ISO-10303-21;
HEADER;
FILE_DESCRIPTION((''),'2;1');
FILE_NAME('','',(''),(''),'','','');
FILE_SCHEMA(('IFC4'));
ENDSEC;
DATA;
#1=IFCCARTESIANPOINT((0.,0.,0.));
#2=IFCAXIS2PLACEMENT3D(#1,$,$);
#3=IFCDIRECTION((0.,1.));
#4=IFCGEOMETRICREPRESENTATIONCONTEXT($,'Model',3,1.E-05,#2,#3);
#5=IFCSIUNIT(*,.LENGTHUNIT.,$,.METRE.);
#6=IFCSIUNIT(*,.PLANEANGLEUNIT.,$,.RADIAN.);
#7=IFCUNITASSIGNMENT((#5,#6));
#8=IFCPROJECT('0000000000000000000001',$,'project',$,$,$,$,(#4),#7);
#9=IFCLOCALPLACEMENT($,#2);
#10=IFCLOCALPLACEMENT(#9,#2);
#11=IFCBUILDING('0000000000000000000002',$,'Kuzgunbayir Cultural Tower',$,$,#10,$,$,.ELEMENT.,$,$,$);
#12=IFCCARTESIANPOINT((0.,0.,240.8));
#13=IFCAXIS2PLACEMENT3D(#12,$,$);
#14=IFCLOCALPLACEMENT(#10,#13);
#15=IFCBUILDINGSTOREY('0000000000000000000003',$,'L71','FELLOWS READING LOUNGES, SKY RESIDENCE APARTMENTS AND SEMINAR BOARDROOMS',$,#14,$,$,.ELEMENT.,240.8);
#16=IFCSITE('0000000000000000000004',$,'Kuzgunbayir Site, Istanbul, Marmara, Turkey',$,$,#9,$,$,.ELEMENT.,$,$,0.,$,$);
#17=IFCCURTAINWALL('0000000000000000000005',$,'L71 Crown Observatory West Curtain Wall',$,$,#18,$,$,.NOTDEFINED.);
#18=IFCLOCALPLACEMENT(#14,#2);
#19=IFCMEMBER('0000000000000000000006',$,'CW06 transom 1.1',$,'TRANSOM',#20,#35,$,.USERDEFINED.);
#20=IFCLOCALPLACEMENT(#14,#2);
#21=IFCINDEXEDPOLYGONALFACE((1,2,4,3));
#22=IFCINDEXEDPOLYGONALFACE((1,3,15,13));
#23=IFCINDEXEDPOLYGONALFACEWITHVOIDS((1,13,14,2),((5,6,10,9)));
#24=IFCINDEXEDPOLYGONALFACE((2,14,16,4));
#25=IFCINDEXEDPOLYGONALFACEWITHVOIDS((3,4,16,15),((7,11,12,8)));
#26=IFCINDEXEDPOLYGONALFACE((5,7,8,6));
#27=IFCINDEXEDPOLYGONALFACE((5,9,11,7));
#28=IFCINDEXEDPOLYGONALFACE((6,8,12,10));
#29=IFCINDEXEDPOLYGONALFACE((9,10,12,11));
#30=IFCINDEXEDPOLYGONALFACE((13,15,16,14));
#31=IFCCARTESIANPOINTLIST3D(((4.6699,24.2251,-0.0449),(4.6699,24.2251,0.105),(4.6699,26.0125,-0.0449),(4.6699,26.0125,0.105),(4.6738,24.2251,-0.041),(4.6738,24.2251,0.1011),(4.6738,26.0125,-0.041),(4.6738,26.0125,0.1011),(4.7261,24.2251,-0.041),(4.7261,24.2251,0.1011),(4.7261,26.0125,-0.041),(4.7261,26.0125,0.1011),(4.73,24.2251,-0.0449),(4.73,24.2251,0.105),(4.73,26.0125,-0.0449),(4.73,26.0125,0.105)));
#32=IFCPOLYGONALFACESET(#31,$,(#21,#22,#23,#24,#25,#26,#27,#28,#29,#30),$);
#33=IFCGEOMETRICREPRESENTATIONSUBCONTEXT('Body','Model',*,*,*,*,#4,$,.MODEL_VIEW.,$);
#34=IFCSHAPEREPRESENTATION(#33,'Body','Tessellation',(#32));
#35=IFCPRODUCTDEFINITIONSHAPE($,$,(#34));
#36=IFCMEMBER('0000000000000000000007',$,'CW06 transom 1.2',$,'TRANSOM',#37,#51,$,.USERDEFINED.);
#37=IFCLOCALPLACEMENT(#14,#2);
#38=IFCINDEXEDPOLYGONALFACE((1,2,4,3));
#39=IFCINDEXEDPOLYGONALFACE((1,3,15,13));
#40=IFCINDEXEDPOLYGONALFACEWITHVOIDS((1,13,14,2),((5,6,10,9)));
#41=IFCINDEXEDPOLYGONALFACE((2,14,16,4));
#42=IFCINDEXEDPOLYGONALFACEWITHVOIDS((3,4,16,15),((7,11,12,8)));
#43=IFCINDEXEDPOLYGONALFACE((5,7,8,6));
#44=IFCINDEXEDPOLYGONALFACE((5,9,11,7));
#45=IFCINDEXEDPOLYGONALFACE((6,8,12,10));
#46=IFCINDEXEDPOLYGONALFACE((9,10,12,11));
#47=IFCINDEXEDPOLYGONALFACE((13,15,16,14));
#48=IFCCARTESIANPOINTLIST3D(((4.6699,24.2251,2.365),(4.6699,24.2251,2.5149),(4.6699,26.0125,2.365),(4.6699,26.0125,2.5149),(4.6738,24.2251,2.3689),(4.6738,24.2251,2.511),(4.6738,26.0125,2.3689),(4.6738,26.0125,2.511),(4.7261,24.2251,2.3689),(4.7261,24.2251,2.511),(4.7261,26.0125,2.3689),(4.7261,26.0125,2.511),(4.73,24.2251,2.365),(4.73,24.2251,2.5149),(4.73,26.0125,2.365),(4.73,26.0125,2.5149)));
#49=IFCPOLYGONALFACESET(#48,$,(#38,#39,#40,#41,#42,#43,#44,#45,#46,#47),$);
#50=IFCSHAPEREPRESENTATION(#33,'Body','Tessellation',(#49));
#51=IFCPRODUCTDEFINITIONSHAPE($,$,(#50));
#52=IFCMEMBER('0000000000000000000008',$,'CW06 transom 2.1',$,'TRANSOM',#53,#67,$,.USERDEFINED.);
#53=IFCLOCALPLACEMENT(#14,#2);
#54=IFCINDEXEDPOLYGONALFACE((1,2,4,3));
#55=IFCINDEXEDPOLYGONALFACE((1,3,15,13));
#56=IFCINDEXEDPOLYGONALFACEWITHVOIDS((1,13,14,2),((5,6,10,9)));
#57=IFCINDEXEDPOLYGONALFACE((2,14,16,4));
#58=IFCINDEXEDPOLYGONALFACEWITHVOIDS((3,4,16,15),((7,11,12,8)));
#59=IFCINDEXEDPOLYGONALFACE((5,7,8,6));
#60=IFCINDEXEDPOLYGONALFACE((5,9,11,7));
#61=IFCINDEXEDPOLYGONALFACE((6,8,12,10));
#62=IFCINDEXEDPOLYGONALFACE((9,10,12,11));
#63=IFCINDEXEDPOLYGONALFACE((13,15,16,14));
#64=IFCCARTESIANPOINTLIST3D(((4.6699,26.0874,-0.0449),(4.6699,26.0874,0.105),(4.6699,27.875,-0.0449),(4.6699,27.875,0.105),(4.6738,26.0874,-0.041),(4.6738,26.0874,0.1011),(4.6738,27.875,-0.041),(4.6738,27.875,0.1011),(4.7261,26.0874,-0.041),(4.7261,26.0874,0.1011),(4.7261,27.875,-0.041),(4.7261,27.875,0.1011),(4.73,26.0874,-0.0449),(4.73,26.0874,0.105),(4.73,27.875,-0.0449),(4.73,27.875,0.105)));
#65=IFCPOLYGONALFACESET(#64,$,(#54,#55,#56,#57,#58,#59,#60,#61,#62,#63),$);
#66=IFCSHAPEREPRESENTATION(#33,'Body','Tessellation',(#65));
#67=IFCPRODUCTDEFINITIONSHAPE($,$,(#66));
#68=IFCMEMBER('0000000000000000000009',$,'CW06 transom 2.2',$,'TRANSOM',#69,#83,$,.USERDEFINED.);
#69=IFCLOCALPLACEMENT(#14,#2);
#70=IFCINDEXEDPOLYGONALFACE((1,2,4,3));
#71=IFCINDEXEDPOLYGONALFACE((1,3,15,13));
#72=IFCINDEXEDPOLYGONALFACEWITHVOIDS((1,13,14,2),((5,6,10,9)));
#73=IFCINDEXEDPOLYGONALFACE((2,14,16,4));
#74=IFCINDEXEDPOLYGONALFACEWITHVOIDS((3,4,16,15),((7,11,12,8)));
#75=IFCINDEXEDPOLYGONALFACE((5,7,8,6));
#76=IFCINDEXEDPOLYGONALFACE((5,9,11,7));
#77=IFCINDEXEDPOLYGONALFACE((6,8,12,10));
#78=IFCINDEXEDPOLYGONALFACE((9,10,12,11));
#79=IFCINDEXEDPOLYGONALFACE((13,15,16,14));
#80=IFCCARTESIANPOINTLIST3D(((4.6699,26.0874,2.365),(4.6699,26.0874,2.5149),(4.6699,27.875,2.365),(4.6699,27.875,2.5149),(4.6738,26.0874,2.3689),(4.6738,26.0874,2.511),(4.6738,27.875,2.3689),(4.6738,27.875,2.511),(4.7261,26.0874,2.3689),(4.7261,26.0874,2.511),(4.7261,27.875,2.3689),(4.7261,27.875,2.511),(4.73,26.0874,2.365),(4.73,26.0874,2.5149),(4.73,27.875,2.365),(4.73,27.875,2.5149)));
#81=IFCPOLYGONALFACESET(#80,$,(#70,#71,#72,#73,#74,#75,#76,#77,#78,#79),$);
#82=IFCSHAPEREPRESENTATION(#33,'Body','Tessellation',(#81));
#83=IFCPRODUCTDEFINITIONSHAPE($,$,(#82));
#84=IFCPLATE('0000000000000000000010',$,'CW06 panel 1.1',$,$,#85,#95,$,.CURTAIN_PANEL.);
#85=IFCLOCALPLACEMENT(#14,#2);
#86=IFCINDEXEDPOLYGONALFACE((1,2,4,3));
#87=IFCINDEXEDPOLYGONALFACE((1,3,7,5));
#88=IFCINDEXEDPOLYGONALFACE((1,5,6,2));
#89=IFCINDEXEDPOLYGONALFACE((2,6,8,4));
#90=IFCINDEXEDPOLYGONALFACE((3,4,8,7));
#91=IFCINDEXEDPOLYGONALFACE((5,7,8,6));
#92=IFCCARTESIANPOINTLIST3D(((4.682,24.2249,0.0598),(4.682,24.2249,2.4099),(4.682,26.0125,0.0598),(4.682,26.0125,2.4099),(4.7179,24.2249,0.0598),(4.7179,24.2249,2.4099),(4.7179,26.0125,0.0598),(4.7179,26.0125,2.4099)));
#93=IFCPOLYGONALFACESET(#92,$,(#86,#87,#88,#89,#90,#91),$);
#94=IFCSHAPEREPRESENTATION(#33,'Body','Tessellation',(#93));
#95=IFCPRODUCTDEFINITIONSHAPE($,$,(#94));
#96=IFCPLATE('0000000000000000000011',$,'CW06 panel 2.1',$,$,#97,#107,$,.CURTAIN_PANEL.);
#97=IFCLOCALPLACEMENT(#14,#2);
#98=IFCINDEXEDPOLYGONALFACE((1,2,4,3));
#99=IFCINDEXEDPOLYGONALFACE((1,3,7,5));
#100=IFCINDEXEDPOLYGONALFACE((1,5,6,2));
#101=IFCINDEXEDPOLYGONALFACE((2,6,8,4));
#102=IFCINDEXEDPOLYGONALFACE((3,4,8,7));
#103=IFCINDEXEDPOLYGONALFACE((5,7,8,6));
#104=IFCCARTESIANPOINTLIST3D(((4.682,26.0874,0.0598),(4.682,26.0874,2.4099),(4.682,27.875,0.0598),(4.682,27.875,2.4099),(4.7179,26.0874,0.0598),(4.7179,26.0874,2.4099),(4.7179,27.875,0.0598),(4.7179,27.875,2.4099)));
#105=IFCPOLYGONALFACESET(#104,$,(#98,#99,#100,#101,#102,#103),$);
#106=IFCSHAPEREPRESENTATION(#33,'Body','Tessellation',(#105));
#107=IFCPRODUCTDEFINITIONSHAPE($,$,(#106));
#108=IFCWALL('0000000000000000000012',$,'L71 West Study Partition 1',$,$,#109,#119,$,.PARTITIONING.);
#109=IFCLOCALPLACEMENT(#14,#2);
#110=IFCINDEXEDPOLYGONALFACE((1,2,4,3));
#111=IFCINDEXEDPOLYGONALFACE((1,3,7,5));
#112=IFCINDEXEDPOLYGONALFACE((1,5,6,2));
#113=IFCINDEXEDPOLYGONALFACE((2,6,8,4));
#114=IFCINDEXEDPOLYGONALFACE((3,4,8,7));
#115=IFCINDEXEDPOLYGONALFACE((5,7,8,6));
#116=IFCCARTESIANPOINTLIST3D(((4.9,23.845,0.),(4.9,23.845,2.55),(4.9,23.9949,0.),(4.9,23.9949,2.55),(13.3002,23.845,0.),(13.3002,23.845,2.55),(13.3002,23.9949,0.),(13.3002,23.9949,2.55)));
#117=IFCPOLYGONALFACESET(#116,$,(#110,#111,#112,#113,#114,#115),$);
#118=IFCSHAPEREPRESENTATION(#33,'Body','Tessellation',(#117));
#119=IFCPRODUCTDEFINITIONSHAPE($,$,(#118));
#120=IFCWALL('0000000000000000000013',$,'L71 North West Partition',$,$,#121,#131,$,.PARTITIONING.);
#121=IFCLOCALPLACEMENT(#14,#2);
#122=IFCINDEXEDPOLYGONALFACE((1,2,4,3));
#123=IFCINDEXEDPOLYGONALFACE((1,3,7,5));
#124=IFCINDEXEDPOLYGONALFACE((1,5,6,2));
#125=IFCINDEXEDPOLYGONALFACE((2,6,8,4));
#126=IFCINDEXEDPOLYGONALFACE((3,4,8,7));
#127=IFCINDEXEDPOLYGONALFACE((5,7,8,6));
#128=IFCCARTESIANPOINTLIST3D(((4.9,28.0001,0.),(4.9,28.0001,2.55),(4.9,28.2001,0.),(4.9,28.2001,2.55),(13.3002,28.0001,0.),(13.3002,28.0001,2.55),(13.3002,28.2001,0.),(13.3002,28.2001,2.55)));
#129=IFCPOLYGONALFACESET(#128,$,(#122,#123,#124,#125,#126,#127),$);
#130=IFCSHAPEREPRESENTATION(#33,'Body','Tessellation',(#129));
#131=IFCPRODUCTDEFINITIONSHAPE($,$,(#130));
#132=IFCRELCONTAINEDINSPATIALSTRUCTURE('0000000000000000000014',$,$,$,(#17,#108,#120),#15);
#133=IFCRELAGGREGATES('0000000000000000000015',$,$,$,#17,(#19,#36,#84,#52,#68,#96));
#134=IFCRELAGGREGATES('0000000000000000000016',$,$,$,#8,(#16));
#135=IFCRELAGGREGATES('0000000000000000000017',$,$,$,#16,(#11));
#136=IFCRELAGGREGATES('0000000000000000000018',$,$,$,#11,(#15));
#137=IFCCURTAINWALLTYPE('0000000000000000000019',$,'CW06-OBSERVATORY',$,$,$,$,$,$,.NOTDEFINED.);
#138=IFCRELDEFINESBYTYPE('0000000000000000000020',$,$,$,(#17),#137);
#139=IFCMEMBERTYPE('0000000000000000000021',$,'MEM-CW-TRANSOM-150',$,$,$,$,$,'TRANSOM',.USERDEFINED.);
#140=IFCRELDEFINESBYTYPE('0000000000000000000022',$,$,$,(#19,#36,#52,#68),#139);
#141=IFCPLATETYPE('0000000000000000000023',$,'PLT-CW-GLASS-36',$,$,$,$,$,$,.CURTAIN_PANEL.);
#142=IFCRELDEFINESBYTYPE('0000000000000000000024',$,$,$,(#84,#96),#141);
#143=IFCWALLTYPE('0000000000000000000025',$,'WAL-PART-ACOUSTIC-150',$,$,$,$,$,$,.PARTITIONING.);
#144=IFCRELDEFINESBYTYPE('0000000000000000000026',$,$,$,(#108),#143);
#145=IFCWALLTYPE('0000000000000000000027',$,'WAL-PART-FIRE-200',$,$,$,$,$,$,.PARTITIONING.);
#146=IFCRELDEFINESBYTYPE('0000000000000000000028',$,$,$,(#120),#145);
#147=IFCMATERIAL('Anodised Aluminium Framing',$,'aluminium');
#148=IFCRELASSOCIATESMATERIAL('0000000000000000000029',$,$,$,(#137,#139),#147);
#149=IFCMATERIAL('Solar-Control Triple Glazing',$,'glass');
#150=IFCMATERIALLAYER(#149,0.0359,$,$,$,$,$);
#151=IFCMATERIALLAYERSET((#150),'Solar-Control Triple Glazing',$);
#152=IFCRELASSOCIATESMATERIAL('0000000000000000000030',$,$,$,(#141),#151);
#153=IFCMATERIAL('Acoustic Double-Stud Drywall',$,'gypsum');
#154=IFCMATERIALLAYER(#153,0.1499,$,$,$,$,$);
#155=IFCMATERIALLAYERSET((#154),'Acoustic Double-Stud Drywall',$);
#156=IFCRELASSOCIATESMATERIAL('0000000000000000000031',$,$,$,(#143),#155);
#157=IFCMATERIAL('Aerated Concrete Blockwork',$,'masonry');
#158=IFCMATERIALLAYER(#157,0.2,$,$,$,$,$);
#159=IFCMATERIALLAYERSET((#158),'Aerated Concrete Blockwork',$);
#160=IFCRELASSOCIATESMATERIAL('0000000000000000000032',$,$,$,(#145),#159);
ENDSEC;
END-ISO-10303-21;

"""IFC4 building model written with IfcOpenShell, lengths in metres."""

from ifc_helpers import new_model, si_unit, direction, frame, frame_2d, origin, origin_2d, place, context, subcontext, project, spatial, rectangle, hollow_rectangle, extrude, material, layer, layer_set, material_profile, profile_set, type_object, element, aggregate, save


model = new_model("IFC4")

# Units and contexts
model_context = context("Model", 3, precision=1e-05, world=origin(), true_north=direction((0.0, 1.0)))
body_context = subcontext(model_context, "Body", "Model", "MODEL_VIEW")
ifc_project = project(units=[si_unit("LENGTHUNIT", "METRE"), si_unit("PLANEANGLEUNIT", "RADIAN")], contexts=[model_context])

# Site, building, storey
site_placement = place(None, origin())
site = spatial("IfcSite", under=ifc_project, at=site_placement, Name="Kuzgunbayir Site, Istanbul, Marmara, Turkey", CompositionType="ELEMENT", RefElevation=0.0)
building_placement = place(site_placement, origin())
building = spatial("IfcBuilding", under=site, at=building_placement, Name="Kuzgunbayir Cultural Tower", CompositionType="ELEMENT")
storey_placement = place(building_placement, frame((0.0, 0.0, 240.8)))
storey = spatial("IfcBuildingStorey", under=building, at=storey_placement, Name="L71", Description="FELLOWS READING LOUNGES, SKY RESIDENCE APARTMENTS AND SEMINAR BOARDROOMS", CompositionType="ELEMENT", Elevation=240.8)

# Curtain wall, members, plates
ifc_material_1 = material(Name="Anodised Aluminium Framing", Category="aluminium")
curtain_wall_type = type_object("IfcCurtainWallType", Name="CW06-OBSERVATORY", PredefinedType="NOTDEFINED", material=ifc_material_1)
curtain_wall_placement = place(storey_placement, origin())
curtain_wall = element("IfcCurtainWall", 1, at=curtain_wall_placement, inside=storey, type_object=curtain_wall_type, Name="L71 Crown Observatory West Curtain Wall", PredefinedType="NOTDEFINED")
ifc_material_profile_1 = material_profile(ifc_material_1, hollow_rectangle(XDim=0.0601, YDim=0.1499, WallThickness=0.0039, at=origin_2d()), Name="RHS 150x60x4")
ifc_profile_set_1 = profile_set([ifc_material_profile_1], Name="Anodised Aluminium Framing")
member_type_1 = type_object("IfcMemberType", Name="MEM-CW-TRANSOM-150", ElementType="TRANSOM", PredefinedType="USERDEFINED", material=ifc_profile_set_1)
member_1_placement = place(storey_placement, frame((4.7, 24.2251, 0.03), z_axis=(0.0, 1.0, 0.0), x_axis=(-1.0, 0.0, 0.0)))
member_1 = element("IfcMember", 2, at=member_1_placement, type_object=member_type_1, Name="CW06 transom 1.1", ObjectType="TRANSOM", PredefinedType="USERDEFINED", context=body_context, shape_type="SweptSolid", body=[
    extrude(hollow_rectangle(XDim=0.0601, YDim=0.1499, WallThickness=0.0039, at=origin_2d()), origin(), (0.0, 0.0, 1.0), 1.7874),
])
member_2_placement = place(storey_placement, frame((4.7, 24.2251, 2.4399), z_axis=(0.0, 1.0, 0.0), x_axis=(-1.0, 0.0, 0.0)))
member_2 = element("IfcMember", 3, at=member_2_placement, type_object=member_type_1, Name="CW06 transom 1.2", ObjectType="TRANSOM", PredefinedType="USERDEFINED", context=body_context, shape_type="SweptSolid", body=[
    extrude(hollow_rectangle(XDim=0.0601, YDim=0.1499, WallThickness=0.0039, at=origin_2d()), origin(), (0.0, 0.0, 1.0), 1.7874),
])
member_3_placement = place(storey_placement, frame((4.7, 26.0874, 0.03), z_axis=(0.0, 1.0, 0.0), x_axis=(-1.0, 0.0, 0.0)))
member_3 = element("IfcMember", 4, at=member_3_placement, type_object=member_type_1, Name="CW06 transom 2.1", ObjectType="TRANSOM", PredefinedType="USERDEFINED", context=body_context, shape_type="SweptSolid", body=[
    extrude(hollow_rectangle(XDim=0.0601, YDim=0.1499, WallThickness=0.0039, at=origin_2d()), origin(), (0.0, 0.0, 1.0), 1.7876),
])
member_4_placement = place(storey_placement, frame((4.7, 26.0874, 2.4399), z_axis=(0.0, 1.0, 0.0), x_axis=(-1.0, 0.0, 0.0)))
member_4 = element("IfcMember", 5, at=member_4_placement, type_object=member_type_1, Name="CW06 transom 2.2", ObjectType="TRANSOM", PredefinedType="USERDEFINED", context=body_context, shape_type="SweptSolid", body=[
    extrude(hollow_rectangle(XDim=0.0601, YDim=0.1499, WallThickness=0.0039, at=origin_2d()), origin(), (0.0, 0.0, 1.0), 1.7876),
])
ifc_material_2 = material(Name="Solar-Control Triple Glazing", Category="glass")
ifc_layer_1 = layer(ifc_material_2, 0.0359)
ifc_layer_set_1 = layer_set([ifc_layer_1], Name="Solar-Control Triple Glazing")
plate_type = type_object("IfcPlateType", Name="PLT-CW-GLASS-36", PredefinedType="CURTAIN_PANEL", material=ifc_layer_set_1)
plate_1_placement = place(storey_placement, frame((4.7, 25.1187, 0.0598), z_axis=(0.0, 0.0, 1.0), x_axis=(0.0, 1.0, 0.0)))
plate_1 = element("IfcPlate", 6, at=plate_1_placement, type_object=plate_type, Name="CW06 panel 1.1", PredefinedType="CURTAIN_PANEL", context=body_context, shape_type="SweptSolid", body=[
    extrude(rectangle(XDim=1.7876, YDim=0.0359, at=origin_2d()), origin(), (0.0, 0.0, 1.0), 2.3501),
])
plate_2_placement = place(storey_placement, frame((4.7, 26.9812, 0.0598), z_axis=(0.0, 0.0, 1.0), x_axis=(0.0, 1.0, 0.0)))
plate_2 = element("IfcPlate", 7, at=plate_2_placement, type_object=plate_type, Name="CW06 panel 2.1", PredefinedType="CURTAIN_PANEL", context=body_context, shape_type="SweptSolid", body=[
    extrude(rectangle(XDim=1.7876, YDim=0.0359, at=origin_2d()), origin(), (0.0, 0.0, 1.0), 2.3501),
])
aggregate(curtain_wall, [member_1, member_2, plate_1, member_3, member_4, plate_2])

# Walls
ifc_material_3 = material(Name="Acoustic Double-Stud Drywall", Category="gypsum")
ifc_layer_2 = layer(ifc_material_3, 0.1499)
ifc_layer_set_2 = layer_set([ifc_layer_2], Name="Acoustic Double-Stud Drywall")
wall_type_1 = type_object("IfcWallType", Name="WAL-PART-ACOUSTIC-150", PredefinedType="PARTITIONING", material=ifc_layer_set_2)
wall_1_placement = place(storey_placement, frame((4.8999, 23.9199, 0.0), z_axis=(0.0, 0.0, 1.0), x_axis=(1.0, 0.0, 0.0)))
element("IfcWall", 8, at=wall_1_placement, inside=storey, type_object=wall_type_1, Name="L71 West Study Partition 1", PredefinedType="PARTITIONING", context=body_context, shape_type="SweptSolid", body=[
    extrude(rectangle(XDim=8.4001, YDim=0.1499, at=frame_2d((4.2002, 0.0))), origin(), (0.0, 0.0, 1.0), 2.55),
])
ifc_material_4 = material(Name="Aerated Concrete Blockwork", Category="masonry")
ifc_layer_3 = layer(ifc_material_4, 0.2)
ifc_layer_set_3 = layer_set([ifc_layer_3], Name="Aerated Concrete Blockwork")
wall_type_2 = type_object("IfcWallType", Name="WAL-PART-FIRE-200", PredefinedType="PARTITIONING", material=ifc_layer_set_3)
wall_2_placement = place(storey_placement, frame((4.8999, 28.1001, 0.0), z_axis=(0.0, 0.0, 1.0), x_axis=(1.0, 0.0, 0.0)))
element("IfcWall", 9, at=wall_2_placement, inside=storey, type_object=wall_type_2, Name="L71 North West Partition", PredefinedType="PARTITIONING", context=body_context, shape_type="SweptSolid", body=[
    extrude(rectangle(XDim=8.4001, YDim=0.2, at=frame_2d((4.2002, 0.0))), origin(), (0.0, 0.0, 1.0), 2.55),
])

save(model, "model.ifc")
